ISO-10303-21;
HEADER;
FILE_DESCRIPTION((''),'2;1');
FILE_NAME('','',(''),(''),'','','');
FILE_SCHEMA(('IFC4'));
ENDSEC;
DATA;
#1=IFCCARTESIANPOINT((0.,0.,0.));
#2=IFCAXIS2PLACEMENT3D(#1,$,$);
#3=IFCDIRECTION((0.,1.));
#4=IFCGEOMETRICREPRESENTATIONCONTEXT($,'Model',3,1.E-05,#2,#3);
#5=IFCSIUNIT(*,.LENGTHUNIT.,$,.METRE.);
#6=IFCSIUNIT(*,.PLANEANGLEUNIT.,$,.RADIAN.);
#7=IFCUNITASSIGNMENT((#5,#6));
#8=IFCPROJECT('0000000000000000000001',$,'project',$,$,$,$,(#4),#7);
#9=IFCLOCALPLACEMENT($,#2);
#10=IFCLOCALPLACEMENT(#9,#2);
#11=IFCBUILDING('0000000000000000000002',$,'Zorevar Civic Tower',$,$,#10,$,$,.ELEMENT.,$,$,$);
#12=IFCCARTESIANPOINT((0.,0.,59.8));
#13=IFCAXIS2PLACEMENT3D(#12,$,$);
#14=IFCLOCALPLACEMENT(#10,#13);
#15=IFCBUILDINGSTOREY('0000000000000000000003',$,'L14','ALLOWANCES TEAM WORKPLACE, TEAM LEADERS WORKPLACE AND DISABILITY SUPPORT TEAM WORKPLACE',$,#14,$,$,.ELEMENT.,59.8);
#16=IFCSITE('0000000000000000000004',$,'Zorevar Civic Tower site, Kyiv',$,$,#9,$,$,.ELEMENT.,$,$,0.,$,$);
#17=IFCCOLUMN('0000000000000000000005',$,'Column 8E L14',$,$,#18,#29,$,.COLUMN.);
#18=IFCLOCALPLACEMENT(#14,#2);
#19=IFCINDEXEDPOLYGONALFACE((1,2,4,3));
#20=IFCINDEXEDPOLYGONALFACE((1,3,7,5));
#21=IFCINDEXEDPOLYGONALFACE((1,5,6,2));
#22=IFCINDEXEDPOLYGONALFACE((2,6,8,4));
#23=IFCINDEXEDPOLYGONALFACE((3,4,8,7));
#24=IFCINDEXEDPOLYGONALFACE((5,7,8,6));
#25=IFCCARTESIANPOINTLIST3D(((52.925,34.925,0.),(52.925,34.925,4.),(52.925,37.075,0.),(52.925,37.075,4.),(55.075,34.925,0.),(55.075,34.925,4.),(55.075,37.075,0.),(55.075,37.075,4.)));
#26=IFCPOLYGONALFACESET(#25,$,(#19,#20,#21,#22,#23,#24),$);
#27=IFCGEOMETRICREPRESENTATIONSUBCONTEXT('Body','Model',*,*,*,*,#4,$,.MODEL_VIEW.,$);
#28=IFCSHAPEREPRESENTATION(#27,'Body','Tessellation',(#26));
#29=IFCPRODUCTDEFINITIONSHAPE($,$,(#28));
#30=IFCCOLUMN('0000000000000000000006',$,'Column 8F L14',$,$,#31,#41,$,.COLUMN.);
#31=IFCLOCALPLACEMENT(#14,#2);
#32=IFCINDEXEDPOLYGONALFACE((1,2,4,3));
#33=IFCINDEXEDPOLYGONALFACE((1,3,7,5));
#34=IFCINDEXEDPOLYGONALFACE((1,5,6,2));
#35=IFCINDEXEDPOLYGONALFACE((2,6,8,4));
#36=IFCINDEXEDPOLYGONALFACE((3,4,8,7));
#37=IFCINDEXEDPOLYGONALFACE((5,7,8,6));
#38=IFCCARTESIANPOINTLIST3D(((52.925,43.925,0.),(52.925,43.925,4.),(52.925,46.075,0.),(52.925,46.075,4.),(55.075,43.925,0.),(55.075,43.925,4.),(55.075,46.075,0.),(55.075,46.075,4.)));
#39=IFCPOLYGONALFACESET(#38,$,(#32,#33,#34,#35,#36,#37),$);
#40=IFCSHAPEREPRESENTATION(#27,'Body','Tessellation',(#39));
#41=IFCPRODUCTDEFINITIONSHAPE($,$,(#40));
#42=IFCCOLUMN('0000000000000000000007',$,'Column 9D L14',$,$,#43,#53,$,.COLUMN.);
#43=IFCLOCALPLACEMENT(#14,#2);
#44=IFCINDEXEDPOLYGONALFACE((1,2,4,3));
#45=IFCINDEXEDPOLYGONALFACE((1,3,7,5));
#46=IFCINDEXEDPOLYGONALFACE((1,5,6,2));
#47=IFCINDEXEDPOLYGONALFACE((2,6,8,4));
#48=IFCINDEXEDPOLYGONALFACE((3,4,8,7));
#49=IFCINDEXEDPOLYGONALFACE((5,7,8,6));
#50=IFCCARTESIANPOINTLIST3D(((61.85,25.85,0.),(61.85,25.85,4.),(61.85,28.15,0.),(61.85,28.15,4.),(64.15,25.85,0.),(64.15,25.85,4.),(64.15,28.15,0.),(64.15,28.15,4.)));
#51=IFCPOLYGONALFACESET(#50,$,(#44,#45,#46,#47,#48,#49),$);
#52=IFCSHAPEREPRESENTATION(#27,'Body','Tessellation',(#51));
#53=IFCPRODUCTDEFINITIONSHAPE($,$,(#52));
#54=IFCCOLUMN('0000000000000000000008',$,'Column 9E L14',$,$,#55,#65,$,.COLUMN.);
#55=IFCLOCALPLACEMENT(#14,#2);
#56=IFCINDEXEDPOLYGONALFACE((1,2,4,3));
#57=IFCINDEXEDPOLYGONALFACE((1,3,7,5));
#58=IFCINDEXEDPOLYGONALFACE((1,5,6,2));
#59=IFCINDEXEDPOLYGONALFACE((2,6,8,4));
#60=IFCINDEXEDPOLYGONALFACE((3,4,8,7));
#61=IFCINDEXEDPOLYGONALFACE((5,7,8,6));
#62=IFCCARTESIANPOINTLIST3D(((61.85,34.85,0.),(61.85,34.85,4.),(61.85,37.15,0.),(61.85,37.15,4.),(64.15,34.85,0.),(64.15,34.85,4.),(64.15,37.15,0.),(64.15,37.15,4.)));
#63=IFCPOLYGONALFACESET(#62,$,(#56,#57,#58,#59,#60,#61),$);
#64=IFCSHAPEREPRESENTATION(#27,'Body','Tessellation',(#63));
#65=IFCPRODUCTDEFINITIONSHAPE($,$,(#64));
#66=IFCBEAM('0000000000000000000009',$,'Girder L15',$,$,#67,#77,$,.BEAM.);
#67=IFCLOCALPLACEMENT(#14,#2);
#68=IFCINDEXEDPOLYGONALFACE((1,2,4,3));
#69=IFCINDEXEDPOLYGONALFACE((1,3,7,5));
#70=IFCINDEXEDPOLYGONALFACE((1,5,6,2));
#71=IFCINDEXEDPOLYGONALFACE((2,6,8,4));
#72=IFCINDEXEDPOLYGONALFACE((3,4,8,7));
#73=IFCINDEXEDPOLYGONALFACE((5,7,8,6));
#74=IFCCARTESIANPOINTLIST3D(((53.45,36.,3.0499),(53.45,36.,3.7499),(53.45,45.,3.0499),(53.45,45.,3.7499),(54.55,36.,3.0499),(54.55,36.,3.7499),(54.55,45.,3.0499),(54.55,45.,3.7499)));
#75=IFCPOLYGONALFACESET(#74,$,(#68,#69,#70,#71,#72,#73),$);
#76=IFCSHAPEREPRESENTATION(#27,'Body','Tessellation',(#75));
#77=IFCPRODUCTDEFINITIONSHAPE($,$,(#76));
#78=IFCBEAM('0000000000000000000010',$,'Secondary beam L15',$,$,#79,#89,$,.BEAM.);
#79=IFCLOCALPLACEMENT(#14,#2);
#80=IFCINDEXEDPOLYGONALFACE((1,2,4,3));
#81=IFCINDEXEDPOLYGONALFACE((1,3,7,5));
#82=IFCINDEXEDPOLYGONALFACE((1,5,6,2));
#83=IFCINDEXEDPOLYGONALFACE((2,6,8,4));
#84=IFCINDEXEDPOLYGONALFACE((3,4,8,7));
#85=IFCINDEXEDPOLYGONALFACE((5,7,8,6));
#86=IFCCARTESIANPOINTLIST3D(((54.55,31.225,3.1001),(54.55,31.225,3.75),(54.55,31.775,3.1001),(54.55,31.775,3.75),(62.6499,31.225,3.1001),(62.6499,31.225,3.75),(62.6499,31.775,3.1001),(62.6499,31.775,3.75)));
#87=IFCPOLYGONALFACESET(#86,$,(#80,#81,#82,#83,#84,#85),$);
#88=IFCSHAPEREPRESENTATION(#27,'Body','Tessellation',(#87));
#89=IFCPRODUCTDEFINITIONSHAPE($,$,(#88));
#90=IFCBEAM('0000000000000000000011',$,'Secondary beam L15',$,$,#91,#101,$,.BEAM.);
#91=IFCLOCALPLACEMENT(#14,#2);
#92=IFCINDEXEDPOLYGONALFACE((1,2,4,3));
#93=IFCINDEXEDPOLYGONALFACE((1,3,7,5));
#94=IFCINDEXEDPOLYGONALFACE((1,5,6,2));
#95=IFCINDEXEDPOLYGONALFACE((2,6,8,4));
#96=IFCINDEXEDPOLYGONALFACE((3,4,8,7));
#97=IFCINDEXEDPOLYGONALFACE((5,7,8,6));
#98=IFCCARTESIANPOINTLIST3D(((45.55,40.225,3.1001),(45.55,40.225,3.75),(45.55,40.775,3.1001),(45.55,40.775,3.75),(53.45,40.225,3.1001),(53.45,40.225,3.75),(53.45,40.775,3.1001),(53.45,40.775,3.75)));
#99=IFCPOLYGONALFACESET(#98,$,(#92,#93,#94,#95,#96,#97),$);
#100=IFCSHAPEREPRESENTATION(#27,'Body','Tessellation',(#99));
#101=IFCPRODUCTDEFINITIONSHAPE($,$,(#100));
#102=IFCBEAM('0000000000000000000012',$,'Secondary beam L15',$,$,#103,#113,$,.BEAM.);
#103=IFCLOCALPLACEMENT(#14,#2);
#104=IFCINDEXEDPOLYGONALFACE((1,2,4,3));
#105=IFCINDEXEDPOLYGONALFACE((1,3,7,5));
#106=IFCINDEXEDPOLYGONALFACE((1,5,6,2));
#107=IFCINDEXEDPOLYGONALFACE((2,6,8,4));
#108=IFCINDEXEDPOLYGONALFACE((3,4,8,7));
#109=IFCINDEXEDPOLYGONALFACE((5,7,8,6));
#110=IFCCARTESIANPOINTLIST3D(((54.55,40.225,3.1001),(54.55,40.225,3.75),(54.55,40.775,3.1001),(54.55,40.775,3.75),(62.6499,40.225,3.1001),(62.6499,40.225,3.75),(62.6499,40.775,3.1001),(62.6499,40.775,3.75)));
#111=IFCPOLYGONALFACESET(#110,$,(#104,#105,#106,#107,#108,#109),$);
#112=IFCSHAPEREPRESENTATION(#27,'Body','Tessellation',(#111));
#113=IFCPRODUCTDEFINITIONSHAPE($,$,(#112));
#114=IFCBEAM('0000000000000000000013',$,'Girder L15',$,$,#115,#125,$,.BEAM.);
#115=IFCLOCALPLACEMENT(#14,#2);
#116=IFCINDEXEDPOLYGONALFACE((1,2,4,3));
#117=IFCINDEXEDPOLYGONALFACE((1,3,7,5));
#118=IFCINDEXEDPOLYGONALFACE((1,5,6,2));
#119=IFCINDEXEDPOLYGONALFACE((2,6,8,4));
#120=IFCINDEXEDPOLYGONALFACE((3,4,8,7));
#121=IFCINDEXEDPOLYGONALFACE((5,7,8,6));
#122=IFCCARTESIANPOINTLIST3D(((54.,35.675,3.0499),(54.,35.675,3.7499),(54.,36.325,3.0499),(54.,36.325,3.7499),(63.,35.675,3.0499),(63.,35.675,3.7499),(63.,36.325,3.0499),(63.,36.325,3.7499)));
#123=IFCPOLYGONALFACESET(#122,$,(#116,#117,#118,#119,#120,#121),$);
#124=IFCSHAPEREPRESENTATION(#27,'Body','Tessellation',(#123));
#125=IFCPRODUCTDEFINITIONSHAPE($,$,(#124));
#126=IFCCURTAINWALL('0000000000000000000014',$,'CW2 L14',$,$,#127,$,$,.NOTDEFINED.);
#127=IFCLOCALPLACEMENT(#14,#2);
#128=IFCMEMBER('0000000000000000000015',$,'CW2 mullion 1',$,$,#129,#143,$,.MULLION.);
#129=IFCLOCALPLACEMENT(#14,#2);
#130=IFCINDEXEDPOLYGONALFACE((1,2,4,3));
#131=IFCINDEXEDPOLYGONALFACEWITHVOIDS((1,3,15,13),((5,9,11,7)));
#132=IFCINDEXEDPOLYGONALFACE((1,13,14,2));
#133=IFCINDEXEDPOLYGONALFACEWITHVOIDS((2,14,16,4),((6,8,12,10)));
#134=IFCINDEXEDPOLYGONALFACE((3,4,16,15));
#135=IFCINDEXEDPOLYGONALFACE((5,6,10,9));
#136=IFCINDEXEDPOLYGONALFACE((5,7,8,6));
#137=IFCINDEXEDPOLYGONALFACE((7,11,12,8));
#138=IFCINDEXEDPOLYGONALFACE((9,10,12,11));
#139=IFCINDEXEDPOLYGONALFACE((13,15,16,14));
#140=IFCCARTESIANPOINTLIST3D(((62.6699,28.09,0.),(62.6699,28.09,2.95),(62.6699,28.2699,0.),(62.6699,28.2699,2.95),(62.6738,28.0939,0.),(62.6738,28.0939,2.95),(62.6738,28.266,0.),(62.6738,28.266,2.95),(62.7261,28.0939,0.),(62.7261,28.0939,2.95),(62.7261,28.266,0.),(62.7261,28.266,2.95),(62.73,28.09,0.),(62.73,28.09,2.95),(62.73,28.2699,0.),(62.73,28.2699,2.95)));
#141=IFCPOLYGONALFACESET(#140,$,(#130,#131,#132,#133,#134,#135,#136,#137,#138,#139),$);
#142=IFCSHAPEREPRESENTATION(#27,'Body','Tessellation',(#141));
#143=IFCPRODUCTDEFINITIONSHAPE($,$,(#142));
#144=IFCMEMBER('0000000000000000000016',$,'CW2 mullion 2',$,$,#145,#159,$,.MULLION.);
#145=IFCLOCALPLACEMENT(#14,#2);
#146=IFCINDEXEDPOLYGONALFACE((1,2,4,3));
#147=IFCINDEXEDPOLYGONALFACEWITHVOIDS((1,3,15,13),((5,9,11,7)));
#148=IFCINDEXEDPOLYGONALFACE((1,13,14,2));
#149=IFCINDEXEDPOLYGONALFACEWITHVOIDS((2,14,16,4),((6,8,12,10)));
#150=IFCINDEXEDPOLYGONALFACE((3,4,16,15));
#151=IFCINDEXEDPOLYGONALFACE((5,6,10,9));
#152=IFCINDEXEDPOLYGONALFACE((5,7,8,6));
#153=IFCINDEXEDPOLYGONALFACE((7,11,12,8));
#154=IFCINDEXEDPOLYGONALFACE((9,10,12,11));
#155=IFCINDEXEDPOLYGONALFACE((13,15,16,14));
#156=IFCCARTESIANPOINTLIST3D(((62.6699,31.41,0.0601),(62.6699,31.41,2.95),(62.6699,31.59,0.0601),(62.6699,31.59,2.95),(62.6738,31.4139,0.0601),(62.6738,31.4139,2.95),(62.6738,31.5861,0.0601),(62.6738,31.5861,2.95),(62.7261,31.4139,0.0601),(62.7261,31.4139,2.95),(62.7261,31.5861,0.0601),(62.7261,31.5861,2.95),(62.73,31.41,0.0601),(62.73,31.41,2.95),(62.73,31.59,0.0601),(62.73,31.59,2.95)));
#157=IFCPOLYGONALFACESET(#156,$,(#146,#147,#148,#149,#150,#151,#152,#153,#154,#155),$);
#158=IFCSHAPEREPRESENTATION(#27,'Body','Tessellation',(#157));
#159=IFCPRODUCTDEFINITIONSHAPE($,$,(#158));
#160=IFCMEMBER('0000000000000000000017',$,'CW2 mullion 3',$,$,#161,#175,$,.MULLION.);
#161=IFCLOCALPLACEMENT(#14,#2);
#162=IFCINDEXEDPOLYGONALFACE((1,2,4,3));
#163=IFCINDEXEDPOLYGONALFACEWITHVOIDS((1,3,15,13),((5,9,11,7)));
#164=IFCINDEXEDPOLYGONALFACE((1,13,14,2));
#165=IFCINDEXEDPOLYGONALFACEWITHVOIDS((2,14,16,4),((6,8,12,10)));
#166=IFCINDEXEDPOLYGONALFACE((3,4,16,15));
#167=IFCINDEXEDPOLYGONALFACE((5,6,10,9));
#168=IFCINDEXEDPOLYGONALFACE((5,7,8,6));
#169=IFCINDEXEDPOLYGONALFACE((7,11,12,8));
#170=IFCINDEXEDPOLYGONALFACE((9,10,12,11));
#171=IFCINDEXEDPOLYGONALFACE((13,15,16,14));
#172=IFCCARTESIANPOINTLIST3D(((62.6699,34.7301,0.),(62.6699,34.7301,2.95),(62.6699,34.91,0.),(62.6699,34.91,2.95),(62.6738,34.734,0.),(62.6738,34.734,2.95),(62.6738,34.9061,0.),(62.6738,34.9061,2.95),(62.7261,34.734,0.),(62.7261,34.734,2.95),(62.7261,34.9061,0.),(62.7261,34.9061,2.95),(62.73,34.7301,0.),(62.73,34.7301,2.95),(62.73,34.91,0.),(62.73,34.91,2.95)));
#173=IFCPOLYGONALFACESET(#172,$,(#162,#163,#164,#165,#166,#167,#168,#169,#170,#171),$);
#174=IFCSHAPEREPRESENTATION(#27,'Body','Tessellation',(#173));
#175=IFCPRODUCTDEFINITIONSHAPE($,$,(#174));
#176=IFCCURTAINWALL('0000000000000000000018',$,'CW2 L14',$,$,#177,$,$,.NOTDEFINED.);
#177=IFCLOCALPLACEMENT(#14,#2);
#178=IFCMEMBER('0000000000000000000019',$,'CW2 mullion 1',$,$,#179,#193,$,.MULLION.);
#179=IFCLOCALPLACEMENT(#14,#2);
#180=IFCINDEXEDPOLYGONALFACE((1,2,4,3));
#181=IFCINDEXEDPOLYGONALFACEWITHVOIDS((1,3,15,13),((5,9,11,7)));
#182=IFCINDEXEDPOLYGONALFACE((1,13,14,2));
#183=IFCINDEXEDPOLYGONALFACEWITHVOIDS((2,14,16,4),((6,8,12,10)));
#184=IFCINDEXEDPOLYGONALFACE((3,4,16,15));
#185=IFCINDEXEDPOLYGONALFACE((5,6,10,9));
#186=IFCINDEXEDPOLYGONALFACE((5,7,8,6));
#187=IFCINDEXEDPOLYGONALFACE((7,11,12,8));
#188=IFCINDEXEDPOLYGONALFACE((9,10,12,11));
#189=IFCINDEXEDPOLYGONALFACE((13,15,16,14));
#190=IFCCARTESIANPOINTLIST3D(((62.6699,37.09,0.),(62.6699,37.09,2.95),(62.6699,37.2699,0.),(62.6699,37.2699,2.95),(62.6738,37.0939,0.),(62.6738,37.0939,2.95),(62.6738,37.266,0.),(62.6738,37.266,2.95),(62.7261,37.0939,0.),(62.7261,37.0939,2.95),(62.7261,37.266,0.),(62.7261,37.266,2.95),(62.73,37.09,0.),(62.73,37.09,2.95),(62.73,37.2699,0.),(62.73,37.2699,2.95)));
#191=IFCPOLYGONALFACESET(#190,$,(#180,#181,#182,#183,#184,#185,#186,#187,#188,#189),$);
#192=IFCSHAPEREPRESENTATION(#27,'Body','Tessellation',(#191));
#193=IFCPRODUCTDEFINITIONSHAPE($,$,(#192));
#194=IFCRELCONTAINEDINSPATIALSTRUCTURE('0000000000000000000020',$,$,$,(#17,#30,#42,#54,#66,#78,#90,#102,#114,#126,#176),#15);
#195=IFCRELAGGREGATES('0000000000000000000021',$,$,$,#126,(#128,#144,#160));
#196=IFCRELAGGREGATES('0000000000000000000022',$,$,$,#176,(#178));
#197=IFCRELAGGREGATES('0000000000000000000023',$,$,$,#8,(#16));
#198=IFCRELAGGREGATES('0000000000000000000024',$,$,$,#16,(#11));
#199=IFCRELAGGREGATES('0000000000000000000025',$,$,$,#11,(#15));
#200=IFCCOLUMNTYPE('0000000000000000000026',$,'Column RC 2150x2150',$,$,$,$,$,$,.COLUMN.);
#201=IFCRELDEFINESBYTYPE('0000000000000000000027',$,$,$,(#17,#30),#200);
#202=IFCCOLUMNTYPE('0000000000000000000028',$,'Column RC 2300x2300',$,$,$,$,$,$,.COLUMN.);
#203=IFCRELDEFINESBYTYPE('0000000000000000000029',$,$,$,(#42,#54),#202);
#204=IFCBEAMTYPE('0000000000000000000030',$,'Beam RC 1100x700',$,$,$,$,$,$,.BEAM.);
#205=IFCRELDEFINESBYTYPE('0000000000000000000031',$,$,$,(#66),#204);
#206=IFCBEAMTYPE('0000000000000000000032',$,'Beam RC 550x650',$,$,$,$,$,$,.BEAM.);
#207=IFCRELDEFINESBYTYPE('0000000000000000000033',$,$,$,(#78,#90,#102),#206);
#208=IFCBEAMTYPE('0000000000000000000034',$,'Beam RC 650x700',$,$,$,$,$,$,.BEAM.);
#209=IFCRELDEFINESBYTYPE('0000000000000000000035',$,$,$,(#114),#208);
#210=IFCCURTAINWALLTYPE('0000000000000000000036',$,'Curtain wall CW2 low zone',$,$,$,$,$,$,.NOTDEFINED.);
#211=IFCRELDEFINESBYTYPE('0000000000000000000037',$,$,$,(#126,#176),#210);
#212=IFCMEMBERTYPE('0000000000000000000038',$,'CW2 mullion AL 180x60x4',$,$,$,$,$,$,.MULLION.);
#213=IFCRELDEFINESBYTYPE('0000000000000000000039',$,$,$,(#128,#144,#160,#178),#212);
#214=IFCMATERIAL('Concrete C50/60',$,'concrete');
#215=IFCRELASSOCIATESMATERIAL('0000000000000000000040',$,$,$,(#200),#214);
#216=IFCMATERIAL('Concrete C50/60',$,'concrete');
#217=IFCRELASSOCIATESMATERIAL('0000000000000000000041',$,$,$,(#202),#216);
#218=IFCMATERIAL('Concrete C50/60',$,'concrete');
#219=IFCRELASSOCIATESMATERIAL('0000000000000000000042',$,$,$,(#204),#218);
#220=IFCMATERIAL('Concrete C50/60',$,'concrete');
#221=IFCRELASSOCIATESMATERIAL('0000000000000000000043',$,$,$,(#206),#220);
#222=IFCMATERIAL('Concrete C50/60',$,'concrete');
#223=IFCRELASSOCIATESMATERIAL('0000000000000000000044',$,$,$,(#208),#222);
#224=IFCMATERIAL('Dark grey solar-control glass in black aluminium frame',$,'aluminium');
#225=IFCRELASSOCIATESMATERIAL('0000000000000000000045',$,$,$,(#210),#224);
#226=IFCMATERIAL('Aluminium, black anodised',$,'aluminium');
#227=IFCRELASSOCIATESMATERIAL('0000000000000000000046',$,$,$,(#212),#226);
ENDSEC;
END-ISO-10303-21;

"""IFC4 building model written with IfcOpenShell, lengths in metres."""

from ifc_helpers import new_model, si_unit, direction, frame, origin, origin_2d, place, context, subcontext, project, spatial, rectangle, hollow_rectangle, extrude, material, material_profile, profile_set, type_object, element, aggregate, save


model = new_model("IFC4")

# Units and contexts
model_context = context("Model", 3, precision=1e-05, world=origin(), true_north=direction((0.0, 1.0)))
body_context = subcontext(model_context, "Body", "Model", "MODEL_VIEW")
ifc_project = project(units=[si_unit("LENGTHUNIT", "METRE"), si_unit("PLANEANGLEUNIT", "RADIAN")], contexts=[model_context])

# Site, building, storey
site_placement = place(None, origin())
site = spatial("IfcSite", under=ifc_project, at=site_placement, Name="Zorevar Civic Tower site, Kyiv", CompositionType="ELEMENT", RefElevation=0.0)
building_placement = place(site_placement, origin())
building = spatial("IfcBuilding", under=site, at=building_placement, Name="Zorevar Civic Tower", CompositionType="ELEMENT")
storey_placement = place(building_placement, frame((0.0, 0.0, 59.8)))
storey = spatial("IfcBuildingStorey", under=building, at=storey_placement, Name="L14", Description="ALLOWANCES TEAM WORKPLACE, TEAM LEADERS WORKPLACE AND DISABILITY SUPPORT TEAM WORKPLACE", CompositionType="ELEMENT", Elevation=59.8)

# Columns
ifc_material_1 = material(Name="Concrete C50/60", Category="concrete")
ifc_material_profile_1 = material_profile(ifc_material_1, rectangle(XDim=2.1499, YDim=2.1499, at=origin_2d()), Name="RC 2150x2150")
ifc_profile_set_1 = profile_set([ifc_material_profile_1], Name="Concrete C50/60")
column_type_1 = type_object("IfcColumnType", Name="Column RC 2150x2150", PredefinedType="COLUMN", material=ifc_profile_set_1)
for number, where, z_axis, x_axis, name in (
    (1, (54.0, 36.0, 0.0), (0.0, 0.0, 1.0), (1.0, 0.0, 0.0), "Column 8E L14"),
    (2, (54.0, 45.0, 0.0), (0.0, 0.0, 1.0), (1.0, 0.0, 0.0), "Column 8F L14"),
):
    element("IfcColumn", number, at=place(storey_placement, frame(where, z_axis=z_axis, x_axis=x_axis)), inside=storey, type_object=column_type_1, Name=name, PredefinedType="COLUMN", context=body_context, shape_type="SweptSolid", body=[
        extrude(rectangle(XDim=2.1499, YDim=2.1499, at=origin_2d()), origin(), (0.0, 0.0, 1.0), 4.0),
    ])
ifc_material_2 = material(Name="Concrete C50/60", Category="concrete")
ifc_material_profile_2 = material_profile(ifc_material_2, rectangle(XDim=2.3, YDim=2.3, at=origin_2d()), Name="RC 2300x2300")
ifc_profile_set_2 = profile_set([ifc_material_profile_2], Name="Concrete C50/60")
column_type_2 = type_object("IfcColumnType", Name="Column RC 2300x2300", PredefinedType="COLUMN", material=ifc_profile_set_2)
for number, where, z_axis, x_axis, name in (
    (3, (63.0, 27.0, 0.0), (0.0, 0.0, 1.0), (1.0, 0.0, 0.0), "Column 9D L14"),
    (4, (63.0, 36.0, 0.0), (0.0, 0.0, 1.0), (1.0, 0.0, 0.0), "Column 9E L14"),
):
    element("IfcColumn", number, at=place(storey_placement, frame(where, z_axis=z_axis, x_axis=x_axis)), inside=storey, type_object=column_type_2, Name=name, PredefinedType="COLUMN", context=body_context, shape_type="SweptSolid", body=[
        extrude(rectangle(XDim=2.3, YDim=2.3, at=origin_2d()), origin(), (0.0, 0.0, 1.0), 4.0),
    ])

# Beams
ifc_material_3 = material(Name="Concrete C50/60", Category="concrete")
ifc_material_profile_3 = material_profile(ifc_material_3, rectangle(XDim=1.1001, YDim=0.7, at=origin_2d()), Name="RC 1100x700")
ifc_profile_set_3 = profile_set([ifc_material_profile_3], Name="Concrete C50/60")
beam_type_1 = type_object("IfcBeamType", Name="Beam RC 1100x700", PredefinedType="BEAM", material=ifc_profile_set_3)
beam_1_placement = place(storey_placement, frame((54.0, 36.0, 3.3999), z_axis=(0.0, 1.0, 0.0), x_axis=(-1.0, 0.0, 0.0)))
element("IfcBeam", 5, at=beam_1_placement, inside=storey, type_object=beam_type_1, Name="Girder L15", PredefinedType="BEAM", context=body_context, shape_type="SweptSolid", body=[
    extrude(rectangle(XDim=1.1001, YDim=0.7, at=origin_2d()), origin(), (0.0, 0.0, 1.0), 9.0),
])
ifc_material_4 = material(Name="Concrete C50/60", Category="concrete")
ifc_material_profile_4 = material_profile(ifc_material_4, rectangle(XDim=0.55, YDim=0.6499, at=origin_2d()), Name="RC 550x650")
ifc_profile_set_4 = profile_set([ifc_material_profile_4], Name="Concrete C50/60")
beam_type_2 = type_object("IfcBeamType", Name="Beam RC 550x650", PredefinedType="BEAM", material=ifc_profile_set_4)
beam_2_placement = place(storey_placement, frame((54.55, 31.5, 3.425), z_axis=(1.0, 0.0, 0.0), x_axis=(0.0, 1.0, 0.0)))
element("IfcBeam", 6, at=beam_2_placement, inside=storey, type_object=beam_type_2, Name="Secondary beam L15", PredefinedType="BEAM", context=body_context, shape_type="SweptSolid", body=[
    extrude(rectangle(XDim=0.55, YDim=0.6499, at=origin_2d()), origin(), (0.0, 0.0, 1.0), 8.0999),
])
beam_3_placement = place(storey_placement, frame((45.55, 40.5, 3.425), z_axis=(1.0, 0.0, 0.0), x_axis=(0.0, 1.0, 0.0)))
element("IfcBeam", 7, at=beam_3_placement, inside=storey, type_object=beam_type_2, Name="Secondary beam L15", PredefinedType="BEAM", context=body_context, shape_type="SweptSolid", body=[
    extrude(rectangle(XDim=0.55, YDim=0.6499, at=origin_2d()), origin(), (0.0, 0.0, 1.0), 7.8999),
])
beam_4_placement = place(storey_placement, frame((54.55, 40.5, 3.425), z_axis=(1.0, 0.0, 0.0), x_axis=(0.0, 1.0, 0.0)))
element("IfcBeam", 8, at=beam_4_placement, inside=storey, type_object=beam_type_2, Name="Secondary beam L15", PredefinedType="BEAM", context=body_context, shape_type="SweptSolid", body=[
    extrude(rectangle(XDim=0.55, YDim=0.6499, at=origin_2d()), origin(), (0.0, 0.0, 1.0), 8.0999),
])
ifc_material_5 = material(Name="Concrete C50/60", Category="concrete")
ifc_material_profile_5 = material_profile(ifc_material_5, rectangle(XDim=0.6499, YDim=0.7, at=origin_2d()), Name="RC 650x700")
ifc_profile_set_5 = profile_set([ifc_material_profile_5], Name="Concrete C50/60")
beam_type_3 = type_object("IfcBeamType", Name="Beam RC 650x700", PredefinedType="BEAM", material=ifc_profile_set_5)
beam_5_placement = place(storey_placement, frame((54.0, 36.0, 3.3999), z_axis=(1.0, 0.0, 0.0), x_axis=(0.0, 1.0, 0.0)))
element("IfcBeam", 9, at=beam_5_placement, inside=storey, type_object=beam_type_3, Name="Girder L15", PredefinedType="BEAM", context=body_context, shape_type="SweptSolid", body=[
    extrude(rectangle(XDim=0.6499, YDim=0.7, at=origin_2d()), origin(), (0.0, 0.0, 1.0), 9.0),
])

# Curtain walls, members
ifc_material_6 = material(Name="Dark grey solar-control glass in black aluminium frame", Category="aluminium")
curtain_wall_type = type_object("IfcCurtainWallType", Name="Curtain wall CW2 low zone", PredefinedType="NOTDEFINED", material=ifc_material_6)
curtain_wall_1_placement = place(storey_placement, origin())
curtain_wall_1 = element("IfcCurtainWall", 10, at=curtain_wall_1_placement, inside=storey, type_object=curtain_wall_type, Name="CW2 L14", PredefinedType="NOTDEFINED")
ifc_material_7 = material(Name="Aluminium, black anodised", Category="aluminium")
ifc_material_profile_6 = material_profile(ifc_material_7, hollow_rectangle(XDim=0.0601, YDim=0.1799, WallThickness=0.0039, at=origin_2d()), Name="AL 180x60x4")
ifc_profile_set_6 = profile_set([ifc_material_profile_6], Name="Aluminium, black anodised")
member_type_1 = type_object("IfcMemberType", Name="CW2 mullion AL 180x60x4", PredefinedType="MULLION", material=ifc_profile_set_6)
member_1_placement = place(storey_placement, frame((62.7, 28.1799, 0.0), z_axis=(0.0, 0.0, 1.0), x_axis=(-1.0, 0.0, 0.0)))
member_1 = element("IfcMember", 11, at=member_1_placement, type_object=member_type_1, Name="CW2 mullion 1", PredefinedType="MULLION", context=body_context, shape_type="SweptSolid", body=[
    extrude(hollow_rectangle(XDim=0.0601, YDim=0.1799, WallThickness=0.0039, at=origin_2d()), origin(), (0.0, 0.0, 1.0), 2.95),
])
member_2_placement = place(storey_placement, frame((62.7, 31.5, 0.0601), z_axis=(0.0, 0.0, 1.0), x_axis=(-1.0, 0.0, 0.0)))
member_2 = element("IfcMember", 12, at=member_2_placement, type_object=member_type_1, Name="CW2 mullion 2", PredefinedType="MULLION", context=body_context, shape_type="SweptSolid", body=[
    extrude(hollow_rectangle(XDim=0.0601, YDim=0.1799, WallThickness=0.0039, at=origin_2d()), origin(), (0.0, 0.0, 1.0), 2.8899),
])
member_3_placement = place(storey_placement, frame((62.7, 34.8201, 0.0), z_axis=(0.0, 0.0, 1.0), x_axis=(-1.0, 0.0, 0.0)))
member_3 = element("IfcMember", 13, at=member_3_placement, type_object=member_type_1, Name="CW2 mullion 3", PredefinedType="MULLION", context=body_context, shape_type="SweptSolid", body=[
    extrude(hollow_rectangle(XDim=0.0601, YDim=0.1799, WallThickness=0.0039, at=origin_2d()), origin(), (0.0, 0.0, 1.0), 2.95),
])
curtain_wall_2_placement = place(storey_placement, origin())
curtain_wall_2 = element("IfcCurtainWall", 14, at=curtain_wall_2_placement, inside=storey, type_object=curtain_wall_type, Name="CW2 L14", PredefinedType="NOTDEFINED")
member_4_placement = place(storey_placement, frame((62.7, 37.1799, 0.0), z_axis=(0.0, 0.0, 1.0), x_axis=(-1.0, 0.0, 0.0)))
member_4 = element("IfcMember", 15, at=member_4_placement, type_object=member_type_1, Name="CW2 mullion 1", PredefinedType="MULLION", context=body_context, shape_type="SweptSolid", body=[
    extrude(hollow_rectangle(XDim=0.0601, YDim=0.1799, WallThickness=0.0039, at=origin_2d()), origin(), (0.0, 0.0, 1.0), 2.95),
])

aggregate(curtain_wall_1, [member_1, member_2, member_3])
aggregate(curtain_wall_2, [member_4])

save(model, "model.ifc")
